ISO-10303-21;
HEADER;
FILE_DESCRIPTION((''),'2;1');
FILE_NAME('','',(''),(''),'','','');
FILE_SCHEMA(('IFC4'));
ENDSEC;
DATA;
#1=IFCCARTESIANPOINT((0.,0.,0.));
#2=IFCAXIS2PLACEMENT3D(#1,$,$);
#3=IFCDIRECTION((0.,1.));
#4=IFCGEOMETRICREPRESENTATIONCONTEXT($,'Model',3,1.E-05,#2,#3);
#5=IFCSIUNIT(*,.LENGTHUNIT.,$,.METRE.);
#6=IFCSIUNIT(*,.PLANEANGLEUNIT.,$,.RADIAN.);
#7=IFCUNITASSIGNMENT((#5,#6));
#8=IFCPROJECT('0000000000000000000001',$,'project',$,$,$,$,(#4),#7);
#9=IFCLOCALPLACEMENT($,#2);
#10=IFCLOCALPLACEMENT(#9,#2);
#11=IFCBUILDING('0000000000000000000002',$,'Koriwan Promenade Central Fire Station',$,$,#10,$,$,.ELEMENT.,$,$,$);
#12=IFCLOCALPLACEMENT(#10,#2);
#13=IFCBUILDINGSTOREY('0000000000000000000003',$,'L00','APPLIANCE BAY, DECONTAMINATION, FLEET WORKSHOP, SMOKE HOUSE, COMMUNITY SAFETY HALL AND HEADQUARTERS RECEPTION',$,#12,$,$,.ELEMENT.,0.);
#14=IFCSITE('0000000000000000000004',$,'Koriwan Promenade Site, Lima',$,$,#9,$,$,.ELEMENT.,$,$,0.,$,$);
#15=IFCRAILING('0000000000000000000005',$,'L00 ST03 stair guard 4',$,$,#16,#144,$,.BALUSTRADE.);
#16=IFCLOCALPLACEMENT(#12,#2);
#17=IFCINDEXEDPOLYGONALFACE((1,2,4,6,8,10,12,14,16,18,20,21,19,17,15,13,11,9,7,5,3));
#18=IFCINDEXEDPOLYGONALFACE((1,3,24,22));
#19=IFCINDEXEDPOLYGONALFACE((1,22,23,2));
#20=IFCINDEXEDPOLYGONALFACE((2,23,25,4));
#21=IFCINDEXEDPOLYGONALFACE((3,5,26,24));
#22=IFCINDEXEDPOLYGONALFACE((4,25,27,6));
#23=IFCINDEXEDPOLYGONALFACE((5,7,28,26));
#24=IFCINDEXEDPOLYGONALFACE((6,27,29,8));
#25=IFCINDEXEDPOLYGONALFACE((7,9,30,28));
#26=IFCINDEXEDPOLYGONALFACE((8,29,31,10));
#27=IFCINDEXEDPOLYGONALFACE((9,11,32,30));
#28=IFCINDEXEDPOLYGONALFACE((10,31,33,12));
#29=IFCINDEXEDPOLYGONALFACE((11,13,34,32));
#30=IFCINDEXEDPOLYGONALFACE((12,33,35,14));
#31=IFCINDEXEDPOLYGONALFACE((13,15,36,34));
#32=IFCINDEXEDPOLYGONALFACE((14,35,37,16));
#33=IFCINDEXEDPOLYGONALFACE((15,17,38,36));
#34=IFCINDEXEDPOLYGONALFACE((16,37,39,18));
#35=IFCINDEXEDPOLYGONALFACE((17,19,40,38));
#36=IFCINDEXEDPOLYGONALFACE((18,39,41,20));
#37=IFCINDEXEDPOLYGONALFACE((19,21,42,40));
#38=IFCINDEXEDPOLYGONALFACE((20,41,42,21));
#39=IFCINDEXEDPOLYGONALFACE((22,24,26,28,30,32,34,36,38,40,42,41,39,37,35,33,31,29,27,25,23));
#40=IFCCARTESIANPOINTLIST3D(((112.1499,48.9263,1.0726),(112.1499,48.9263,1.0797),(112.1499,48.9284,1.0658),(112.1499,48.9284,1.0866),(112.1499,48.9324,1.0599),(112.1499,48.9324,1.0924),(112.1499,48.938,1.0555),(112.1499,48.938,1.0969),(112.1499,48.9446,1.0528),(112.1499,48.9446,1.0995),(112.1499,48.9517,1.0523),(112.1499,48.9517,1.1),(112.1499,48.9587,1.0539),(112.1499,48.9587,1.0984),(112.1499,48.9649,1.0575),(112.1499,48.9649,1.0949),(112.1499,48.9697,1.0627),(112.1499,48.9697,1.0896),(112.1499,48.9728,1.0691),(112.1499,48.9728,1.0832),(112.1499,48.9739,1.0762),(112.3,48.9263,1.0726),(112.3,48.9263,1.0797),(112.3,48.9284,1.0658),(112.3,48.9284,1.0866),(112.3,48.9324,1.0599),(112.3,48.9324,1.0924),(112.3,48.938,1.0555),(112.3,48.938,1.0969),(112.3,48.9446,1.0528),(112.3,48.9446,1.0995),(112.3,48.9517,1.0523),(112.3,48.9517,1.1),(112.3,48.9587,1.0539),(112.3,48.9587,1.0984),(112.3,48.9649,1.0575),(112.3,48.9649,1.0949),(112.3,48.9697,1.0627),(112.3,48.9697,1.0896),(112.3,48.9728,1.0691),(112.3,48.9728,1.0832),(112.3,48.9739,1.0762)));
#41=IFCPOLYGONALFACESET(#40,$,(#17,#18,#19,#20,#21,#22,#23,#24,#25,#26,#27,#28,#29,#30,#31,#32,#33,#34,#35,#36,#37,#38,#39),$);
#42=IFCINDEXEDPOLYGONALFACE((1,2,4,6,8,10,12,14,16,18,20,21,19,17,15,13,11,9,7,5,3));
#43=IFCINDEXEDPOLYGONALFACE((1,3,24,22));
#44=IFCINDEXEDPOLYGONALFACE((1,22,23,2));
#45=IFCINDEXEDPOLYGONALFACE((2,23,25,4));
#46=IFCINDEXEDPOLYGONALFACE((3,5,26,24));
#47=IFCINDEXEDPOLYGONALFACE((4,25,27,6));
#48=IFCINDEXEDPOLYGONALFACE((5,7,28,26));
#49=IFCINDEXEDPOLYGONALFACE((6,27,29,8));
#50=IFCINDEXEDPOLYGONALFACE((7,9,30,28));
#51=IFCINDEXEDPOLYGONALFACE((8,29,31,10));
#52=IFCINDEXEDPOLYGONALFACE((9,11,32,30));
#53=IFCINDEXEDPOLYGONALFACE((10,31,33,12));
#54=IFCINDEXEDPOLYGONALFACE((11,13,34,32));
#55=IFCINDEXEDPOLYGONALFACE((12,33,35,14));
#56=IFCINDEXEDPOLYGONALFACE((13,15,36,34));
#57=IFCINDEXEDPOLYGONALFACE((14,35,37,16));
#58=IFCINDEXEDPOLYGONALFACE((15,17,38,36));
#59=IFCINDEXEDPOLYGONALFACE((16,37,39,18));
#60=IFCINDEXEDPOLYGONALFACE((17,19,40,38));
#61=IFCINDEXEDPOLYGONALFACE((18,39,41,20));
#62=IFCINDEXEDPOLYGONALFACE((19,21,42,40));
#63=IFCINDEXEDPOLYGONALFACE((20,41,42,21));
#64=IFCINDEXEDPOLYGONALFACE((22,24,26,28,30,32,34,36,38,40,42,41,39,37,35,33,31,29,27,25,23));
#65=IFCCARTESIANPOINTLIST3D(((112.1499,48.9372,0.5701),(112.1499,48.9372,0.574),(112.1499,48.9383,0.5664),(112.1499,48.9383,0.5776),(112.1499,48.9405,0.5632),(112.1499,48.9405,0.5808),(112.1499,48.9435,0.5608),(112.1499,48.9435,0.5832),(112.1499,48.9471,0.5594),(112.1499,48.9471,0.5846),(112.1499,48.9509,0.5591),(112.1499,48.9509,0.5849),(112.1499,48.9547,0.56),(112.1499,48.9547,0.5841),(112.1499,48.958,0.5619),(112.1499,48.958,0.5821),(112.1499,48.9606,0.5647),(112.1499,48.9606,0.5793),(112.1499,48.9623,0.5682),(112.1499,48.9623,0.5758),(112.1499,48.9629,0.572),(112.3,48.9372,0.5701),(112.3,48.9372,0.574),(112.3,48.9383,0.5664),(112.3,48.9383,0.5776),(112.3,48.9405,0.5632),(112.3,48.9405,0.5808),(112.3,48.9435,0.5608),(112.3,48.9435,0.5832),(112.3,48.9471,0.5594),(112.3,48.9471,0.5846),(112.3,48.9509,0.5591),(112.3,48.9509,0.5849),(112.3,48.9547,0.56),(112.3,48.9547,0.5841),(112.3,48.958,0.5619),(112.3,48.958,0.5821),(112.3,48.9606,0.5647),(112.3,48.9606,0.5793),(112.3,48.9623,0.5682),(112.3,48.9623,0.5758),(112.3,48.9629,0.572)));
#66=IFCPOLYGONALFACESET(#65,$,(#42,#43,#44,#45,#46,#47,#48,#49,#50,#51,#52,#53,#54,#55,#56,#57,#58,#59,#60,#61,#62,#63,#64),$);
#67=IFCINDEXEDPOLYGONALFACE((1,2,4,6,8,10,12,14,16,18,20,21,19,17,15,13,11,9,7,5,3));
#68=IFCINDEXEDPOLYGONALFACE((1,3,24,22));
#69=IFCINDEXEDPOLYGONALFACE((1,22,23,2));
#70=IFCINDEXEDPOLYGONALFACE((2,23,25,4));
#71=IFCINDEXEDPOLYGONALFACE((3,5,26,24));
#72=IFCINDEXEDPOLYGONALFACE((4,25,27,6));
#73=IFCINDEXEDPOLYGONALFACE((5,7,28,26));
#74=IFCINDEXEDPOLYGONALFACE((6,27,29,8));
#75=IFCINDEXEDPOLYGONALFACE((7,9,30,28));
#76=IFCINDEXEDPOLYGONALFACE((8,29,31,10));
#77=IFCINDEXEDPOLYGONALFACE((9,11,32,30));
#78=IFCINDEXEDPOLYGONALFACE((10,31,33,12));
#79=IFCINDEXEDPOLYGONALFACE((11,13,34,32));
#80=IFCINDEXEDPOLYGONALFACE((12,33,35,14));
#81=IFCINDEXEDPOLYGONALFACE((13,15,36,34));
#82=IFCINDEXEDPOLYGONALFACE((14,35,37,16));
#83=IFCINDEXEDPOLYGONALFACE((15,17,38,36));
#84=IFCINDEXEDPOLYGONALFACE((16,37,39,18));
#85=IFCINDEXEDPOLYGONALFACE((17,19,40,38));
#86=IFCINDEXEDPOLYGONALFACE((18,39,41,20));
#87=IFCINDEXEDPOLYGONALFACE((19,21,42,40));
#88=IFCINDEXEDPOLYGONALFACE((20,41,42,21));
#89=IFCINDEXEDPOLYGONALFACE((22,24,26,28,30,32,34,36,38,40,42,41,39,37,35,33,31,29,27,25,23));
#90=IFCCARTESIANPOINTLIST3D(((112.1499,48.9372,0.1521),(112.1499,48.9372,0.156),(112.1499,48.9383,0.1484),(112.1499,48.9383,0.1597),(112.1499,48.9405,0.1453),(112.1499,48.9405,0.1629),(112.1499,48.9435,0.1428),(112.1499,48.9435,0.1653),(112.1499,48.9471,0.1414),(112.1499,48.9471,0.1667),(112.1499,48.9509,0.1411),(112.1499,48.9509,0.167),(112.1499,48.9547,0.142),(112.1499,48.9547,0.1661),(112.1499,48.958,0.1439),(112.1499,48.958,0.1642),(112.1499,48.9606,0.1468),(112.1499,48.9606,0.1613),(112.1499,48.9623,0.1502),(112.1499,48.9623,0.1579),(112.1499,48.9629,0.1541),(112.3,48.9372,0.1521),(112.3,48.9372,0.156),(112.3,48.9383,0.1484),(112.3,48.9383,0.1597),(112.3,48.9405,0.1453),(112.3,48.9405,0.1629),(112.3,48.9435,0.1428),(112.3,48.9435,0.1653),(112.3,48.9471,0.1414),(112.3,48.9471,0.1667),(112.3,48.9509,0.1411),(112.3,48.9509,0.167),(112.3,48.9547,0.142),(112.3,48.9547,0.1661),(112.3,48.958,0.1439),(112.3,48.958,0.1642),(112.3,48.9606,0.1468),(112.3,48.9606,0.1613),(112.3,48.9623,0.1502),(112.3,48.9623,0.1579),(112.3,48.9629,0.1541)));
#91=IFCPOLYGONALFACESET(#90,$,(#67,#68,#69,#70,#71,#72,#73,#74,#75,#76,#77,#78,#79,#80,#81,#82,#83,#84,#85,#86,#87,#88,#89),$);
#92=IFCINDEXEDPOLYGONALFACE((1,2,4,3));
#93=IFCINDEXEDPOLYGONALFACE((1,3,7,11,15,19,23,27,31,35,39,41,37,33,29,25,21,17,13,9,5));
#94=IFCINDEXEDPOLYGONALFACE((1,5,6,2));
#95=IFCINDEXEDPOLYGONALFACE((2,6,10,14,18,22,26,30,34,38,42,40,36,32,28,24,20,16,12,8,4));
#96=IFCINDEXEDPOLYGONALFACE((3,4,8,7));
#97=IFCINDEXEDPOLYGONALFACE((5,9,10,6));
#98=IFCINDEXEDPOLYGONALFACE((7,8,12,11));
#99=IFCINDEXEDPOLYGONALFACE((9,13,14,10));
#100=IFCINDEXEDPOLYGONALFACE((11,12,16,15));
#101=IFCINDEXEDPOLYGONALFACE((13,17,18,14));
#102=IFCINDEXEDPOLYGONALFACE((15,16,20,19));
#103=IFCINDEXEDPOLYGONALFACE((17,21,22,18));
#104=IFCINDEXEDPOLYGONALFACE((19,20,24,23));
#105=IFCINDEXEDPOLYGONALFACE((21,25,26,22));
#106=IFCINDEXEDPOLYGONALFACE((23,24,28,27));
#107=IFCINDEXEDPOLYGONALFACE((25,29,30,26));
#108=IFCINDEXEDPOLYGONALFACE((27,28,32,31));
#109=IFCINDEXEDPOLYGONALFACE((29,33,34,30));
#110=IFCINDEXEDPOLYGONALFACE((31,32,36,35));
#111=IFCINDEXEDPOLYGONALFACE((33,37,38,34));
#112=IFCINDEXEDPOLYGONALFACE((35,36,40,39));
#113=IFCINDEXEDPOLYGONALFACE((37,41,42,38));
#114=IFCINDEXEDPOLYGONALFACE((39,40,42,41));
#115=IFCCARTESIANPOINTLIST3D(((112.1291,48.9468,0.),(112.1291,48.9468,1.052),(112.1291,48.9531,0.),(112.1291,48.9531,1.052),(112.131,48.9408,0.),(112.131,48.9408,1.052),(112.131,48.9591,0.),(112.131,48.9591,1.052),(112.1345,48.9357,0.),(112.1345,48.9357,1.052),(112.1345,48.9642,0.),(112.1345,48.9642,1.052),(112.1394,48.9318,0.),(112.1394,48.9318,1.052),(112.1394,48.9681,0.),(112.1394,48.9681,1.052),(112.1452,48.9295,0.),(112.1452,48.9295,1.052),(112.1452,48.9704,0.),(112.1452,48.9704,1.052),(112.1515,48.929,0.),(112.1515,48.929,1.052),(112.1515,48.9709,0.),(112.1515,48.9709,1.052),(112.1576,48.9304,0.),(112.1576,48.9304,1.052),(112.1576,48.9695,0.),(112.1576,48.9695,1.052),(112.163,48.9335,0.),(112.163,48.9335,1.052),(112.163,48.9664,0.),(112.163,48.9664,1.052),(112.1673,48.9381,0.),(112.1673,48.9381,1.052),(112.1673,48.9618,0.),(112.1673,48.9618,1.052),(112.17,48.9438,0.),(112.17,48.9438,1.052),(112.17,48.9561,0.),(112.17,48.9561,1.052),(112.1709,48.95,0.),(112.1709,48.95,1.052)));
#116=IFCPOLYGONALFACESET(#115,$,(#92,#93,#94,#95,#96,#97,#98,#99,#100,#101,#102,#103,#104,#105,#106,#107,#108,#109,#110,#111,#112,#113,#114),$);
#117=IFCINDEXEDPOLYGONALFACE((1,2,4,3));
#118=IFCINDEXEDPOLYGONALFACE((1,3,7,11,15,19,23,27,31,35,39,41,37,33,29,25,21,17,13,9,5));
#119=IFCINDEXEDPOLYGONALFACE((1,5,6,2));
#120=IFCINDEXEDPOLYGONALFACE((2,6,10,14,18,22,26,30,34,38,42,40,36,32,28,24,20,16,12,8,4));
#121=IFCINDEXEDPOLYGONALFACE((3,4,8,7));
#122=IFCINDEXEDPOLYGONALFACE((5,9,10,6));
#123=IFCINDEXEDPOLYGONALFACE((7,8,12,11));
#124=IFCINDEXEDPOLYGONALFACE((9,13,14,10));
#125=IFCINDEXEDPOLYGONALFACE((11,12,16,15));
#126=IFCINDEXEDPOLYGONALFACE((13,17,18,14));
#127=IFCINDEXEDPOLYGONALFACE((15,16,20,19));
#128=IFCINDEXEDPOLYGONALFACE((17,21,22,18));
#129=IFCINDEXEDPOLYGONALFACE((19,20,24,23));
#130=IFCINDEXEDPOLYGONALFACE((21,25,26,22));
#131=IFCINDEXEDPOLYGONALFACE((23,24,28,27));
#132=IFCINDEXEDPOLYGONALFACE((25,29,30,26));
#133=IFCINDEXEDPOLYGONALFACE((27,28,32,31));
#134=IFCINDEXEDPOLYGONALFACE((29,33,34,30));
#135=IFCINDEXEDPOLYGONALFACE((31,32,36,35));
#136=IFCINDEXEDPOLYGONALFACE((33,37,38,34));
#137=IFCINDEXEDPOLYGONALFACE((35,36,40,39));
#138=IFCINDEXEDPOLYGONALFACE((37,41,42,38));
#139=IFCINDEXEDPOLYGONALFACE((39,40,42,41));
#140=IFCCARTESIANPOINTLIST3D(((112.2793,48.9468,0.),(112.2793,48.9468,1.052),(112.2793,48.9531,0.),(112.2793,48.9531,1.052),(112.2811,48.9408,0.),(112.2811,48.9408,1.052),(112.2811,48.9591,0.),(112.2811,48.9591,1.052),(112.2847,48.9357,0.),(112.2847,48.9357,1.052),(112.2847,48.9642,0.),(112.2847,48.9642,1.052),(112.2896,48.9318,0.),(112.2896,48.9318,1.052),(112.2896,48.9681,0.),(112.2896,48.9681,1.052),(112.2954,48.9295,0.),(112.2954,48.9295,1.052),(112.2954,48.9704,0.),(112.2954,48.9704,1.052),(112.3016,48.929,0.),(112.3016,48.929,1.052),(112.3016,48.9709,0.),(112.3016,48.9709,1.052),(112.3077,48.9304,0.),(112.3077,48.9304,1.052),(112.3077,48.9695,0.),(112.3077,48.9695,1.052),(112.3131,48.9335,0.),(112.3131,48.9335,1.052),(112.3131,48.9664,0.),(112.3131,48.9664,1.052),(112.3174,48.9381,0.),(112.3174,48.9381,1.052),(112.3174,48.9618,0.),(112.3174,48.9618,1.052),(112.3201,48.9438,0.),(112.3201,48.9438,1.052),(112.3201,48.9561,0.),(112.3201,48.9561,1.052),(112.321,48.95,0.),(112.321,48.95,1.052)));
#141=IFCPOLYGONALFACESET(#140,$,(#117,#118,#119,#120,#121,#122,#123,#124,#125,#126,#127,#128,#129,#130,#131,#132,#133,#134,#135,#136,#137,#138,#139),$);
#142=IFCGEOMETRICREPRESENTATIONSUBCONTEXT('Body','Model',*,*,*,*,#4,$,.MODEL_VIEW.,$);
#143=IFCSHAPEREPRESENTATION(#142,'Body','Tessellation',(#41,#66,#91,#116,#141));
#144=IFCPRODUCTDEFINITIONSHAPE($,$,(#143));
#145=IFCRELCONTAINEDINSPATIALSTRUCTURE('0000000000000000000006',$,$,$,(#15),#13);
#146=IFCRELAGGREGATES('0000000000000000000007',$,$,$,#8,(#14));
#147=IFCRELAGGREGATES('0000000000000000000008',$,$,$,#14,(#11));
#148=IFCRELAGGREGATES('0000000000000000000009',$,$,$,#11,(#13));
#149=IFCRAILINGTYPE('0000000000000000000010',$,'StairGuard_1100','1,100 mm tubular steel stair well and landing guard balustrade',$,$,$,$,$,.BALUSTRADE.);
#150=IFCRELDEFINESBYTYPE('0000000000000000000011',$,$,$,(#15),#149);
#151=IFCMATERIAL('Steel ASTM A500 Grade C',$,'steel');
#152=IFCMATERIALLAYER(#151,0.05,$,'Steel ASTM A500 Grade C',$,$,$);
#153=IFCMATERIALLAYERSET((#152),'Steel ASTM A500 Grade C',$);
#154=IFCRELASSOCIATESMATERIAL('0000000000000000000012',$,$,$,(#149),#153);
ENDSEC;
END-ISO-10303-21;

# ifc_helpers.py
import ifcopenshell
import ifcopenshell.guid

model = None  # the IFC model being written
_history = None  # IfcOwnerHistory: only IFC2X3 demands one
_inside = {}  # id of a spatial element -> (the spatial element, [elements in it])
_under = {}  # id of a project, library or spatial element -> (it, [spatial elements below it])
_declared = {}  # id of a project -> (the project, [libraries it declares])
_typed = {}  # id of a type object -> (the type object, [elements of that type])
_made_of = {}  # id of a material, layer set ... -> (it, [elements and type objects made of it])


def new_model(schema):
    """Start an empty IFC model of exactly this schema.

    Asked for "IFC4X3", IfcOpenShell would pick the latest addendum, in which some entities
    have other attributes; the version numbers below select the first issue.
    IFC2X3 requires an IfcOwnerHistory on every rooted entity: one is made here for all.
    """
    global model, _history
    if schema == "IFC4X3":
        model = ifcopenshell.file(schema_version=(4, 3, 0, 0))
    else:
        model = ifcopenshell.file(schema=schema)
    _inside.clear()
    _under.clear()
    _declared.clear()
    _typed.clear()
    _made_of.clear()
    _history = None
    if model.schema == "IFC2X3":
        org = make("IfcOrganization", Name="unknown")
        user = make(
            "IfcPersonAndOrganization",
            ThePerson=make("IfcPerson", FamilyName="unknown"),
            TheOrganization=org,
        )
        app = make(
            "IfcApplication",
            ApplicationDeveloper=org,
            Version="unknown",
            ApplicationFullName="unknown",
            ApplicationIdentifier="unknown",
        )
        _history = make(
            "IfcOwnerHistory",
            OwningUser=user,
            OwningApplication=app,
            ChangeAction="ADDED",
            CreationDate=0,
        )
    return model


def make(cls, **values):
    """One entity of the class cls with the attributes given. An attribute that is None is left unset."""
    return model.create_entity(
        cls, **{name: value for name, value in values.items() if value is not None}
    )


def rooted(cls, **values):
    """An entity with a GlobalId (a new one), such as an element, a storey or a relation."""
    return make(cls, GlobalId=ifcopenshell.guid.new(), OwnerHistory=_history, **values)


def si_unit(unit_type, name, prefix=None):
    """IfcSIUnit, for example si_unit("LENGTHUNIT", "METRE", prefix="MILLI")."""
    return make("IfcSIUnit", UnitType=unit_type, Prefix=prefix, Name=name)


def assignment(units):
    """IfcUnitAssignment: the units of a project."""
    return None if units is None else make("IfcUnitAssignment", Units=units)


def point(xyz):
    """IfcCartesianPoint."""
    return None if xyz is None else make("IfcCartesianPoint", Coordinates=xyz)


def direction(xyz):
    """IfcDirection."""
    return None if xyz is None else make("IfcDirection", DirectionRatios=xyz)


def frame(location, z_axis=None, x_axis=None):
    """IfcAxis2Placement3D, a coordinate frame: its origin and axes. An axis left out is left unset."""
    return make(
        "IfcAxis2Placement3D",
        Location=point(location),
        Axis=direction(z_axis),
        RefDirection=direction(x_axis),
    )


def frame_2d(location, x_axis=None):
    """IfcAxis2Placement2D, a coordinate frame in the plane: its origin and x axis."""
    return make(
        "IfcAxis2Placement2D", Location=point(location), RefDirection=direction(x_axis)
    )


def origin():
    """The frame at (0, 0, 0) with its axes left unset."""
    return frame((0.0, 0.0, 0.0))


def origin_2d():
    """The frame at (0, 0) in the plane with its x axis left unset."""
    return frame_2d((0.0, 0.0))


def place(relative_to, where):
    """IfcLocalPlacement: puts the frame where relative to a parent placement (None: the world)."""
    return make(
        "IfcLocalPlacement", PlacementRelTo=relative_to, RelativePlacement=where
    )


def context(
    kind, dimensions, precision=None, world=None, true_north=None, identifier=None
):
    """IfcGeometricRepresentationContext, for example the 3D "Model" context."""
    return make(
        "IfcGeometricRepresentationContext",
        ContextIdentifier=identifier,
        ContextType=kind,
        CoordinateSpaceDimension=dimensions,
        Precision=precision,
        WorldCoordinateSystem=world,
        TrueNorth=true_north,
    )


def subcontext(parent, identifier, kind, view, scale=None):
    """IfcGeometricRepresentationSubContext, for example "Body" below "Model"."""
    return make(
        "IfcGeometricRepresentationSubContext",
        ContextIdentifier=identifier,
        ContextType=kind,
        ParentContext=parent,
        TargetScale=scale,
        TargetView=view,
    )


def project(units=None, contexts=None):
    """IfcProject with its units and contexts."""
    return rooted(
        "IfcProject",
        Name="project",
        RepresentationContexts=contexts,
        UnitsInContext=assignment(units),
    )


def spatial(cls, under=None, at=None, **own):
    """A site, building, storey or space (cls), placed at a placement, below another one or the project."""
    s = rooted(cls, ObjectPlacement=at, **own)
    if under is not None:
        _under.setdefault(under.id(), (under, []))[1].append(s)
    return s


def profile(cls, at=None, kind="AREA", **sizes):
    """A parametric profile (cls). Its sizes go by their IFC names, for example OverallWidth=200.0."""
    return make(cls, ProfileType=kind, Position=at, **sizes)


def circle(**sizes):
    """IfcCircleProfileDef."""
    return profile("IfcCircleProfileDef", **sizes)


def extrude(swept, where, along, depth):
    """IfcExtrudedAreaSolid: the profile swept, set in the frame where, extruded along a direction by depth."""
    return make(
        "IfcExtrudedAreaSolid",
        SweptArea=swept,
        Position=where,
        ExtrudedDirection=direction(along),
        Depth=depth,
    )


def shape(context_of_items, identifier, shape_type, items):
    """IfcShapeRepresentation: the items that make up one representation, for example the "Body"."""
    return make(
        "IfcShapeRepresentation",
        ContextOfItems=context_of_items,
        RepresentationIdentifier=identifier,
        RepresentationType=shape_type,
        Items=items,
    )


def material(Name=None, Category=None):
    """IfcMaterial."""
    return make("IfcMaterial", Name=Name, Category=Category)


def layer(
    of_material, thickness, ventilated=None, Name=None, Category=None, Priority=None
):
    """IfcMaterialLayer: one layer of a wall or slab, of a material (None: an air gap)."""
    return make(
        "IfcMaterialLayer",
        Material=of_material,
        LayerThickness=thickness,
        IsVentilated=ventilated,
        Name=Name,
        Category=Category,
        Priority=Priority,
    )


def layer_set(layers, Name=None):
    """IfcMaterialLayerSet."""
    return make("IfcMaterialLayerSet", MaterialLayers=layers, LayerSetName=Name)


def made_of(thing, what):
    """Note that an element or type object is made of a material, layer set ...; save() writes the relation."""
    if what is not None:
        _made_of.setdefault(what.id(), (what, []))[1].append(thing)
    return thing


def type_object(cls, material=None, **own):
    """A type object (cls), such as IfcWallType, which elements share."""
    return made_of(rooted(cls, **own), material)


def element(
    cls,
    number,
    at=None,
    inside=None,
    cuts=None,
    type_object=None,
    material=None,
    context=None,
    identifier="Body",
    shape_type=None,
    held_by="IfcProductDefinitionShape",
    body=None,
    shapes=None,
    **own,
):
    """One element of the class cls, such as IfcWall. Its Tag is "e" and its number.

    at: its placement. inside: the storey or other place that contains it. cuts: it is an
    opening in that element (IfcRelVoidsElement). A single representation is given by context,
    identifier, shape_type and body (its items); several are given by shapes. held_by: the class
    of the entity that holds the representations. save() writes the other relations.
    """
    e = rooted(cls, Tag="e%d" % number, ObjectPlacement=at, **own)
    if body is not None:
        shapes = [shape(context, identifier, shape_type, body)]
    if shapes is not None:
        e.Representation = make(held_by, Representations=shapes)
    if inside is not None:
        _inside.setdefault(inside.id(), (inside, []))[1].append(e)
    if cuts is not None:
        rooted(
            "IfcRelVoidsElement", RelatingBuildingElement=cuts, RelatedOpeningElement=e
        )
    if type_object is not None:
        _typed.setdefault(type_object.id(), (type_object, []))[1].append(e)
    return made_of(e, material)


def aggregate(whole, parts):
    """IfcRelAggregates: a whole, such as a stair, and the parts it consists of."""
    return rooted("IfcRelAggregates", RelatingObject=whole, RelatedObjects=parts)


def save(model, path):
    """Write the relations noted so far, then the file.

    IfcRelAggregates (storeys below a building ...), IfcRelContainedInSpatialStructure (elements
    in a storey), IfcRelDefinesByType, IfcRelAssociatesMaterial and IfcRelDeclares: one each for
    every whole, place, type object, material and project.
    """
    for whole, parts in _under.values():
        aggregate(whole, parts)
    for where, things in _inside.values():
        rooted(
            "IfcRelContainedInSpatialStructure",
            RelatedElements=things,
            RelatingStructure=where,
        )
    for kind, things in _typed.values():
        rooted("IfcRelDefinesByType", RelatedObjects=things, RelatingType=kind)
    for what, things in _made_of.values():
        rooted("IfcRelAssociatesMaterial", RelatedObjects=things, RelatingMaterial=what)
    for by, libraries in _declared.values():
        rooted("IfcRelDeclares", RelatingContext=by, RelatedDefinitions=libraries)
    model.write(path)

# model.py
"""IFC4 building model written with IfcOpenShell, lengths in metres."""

from ifc_helpers import new_model, si_unit, direction, frame, origin, origin_2d, place, context, subcontext, project, spatial, circle, extrude, material, layer, layer_set, type_object, element, save


model = new_model("IFC4")

# Units and contexts
model_context = context("Model", 3, precision=1e-05, world=origin(), true_north=direction((0.0, 1.0)))
body_context = subcontext(model_context, "Body", "Model", "MODEL_VIEW")
ifc_project = project(units=[si_unit("LENGTHUNIT", "METRE"), si_unit("PLANEANGLEUNIT", "RADIAN")], contexts=[model_context])

# Site, building, storey
site_placement = place(None, origin())
site = spatial("IfcSite", under=ifc_project, at=site_placement, Name="Koriwan Promenade Site, Lima", CompositionType="ELEMENT", RefElevation=0.0)
building_placement = place(site_placement, origin())
building = spatial("IfcBuilding", under=site, at=building_placement, Name="Koriwan Promenade Central Fire Station", CompositionType="ELEMENT")
storey_placement = place(building_placement, origin())
storey = spatial("IfcBuildingStorey", under=building, at=storey_placement, Name="L00", Description="APPLIANCE BAY, DECONTAMINATION, FLEET WORKSHOP, SMOKE HOUSE, COMMUNITY SAFETY HALL AND HEADQUARTERS RECEPTION", CompositionType="ELEMENT", Elevation=0.0)

# Railing
ifc_material_1 = material(Name="Steel ASTM A500 Grade C", Category="steel")
ifc_layer_1 = layer(ifc_material_1, 0.05, Name="Steel ASTM A500 Grade C")
ifc_layer_set_1 = layer_set([ifc_layer_1], Name="Steel ASTM A500 Grade C")
railing_type_1 = type_object("IfcRailingType", Name="StairGuard_1100", Description="1,100 mm tubular steel stair well and landing guard balustrade", PredefinedType="BALUSTRADE", material=ifc_layer_set_1)
railing_1_placement = place(storey_placement, frame((112.1499, 48.95, 0.0)))
element("IfcRailing", 1, at=railing_1_placement, inside=storey, type_object=railing_type_1, Name="L00 ST03 stair guard 4", PredefinedType="BALUSTRADE", context=body_context, shape_type="SweptSolid", body=[
    extrude(circle(Radius=0.0239, at=origin_2d()), frame((0.0, 0.0, 1.0762), z_axis=(1.0, 0.0, 0.0), x_axis=(0.0, 1.0, 0.0)), (0.0, 0.0, 1.0), 0.1501),
    extrude(circle(Radius=0.0129, at=origin_2d()), frame((0.0, 0.0, 0.572), z_axis=(1.0, 0.0, 0.0), x_axis=(0.0, 1.0, 0.0)), (0.0, 0.0, 1.0), 0.1501),
    extrude(circle(Radius=0.0129, at=origin_2d()), frame((0.0, 0.0, 0.1541), z_axis=(1.0, 0.0, 0.0), x_axis=(0.0, 1.0, 0.0)), (0.0, 0.0, 1.0), 0.1501),
    extrude(circle(Radius=0.021, at=origin_2d()), origin(), (0.0, 0.0, 1.0), 1.052),
    extrude(circle(Radius=0.021, at=origin_2d()), frame((0.1501, 0.0, 0.0)), (0.0, 0.0, 1.0), 1.052),
])

save(model, "model.ifc")
